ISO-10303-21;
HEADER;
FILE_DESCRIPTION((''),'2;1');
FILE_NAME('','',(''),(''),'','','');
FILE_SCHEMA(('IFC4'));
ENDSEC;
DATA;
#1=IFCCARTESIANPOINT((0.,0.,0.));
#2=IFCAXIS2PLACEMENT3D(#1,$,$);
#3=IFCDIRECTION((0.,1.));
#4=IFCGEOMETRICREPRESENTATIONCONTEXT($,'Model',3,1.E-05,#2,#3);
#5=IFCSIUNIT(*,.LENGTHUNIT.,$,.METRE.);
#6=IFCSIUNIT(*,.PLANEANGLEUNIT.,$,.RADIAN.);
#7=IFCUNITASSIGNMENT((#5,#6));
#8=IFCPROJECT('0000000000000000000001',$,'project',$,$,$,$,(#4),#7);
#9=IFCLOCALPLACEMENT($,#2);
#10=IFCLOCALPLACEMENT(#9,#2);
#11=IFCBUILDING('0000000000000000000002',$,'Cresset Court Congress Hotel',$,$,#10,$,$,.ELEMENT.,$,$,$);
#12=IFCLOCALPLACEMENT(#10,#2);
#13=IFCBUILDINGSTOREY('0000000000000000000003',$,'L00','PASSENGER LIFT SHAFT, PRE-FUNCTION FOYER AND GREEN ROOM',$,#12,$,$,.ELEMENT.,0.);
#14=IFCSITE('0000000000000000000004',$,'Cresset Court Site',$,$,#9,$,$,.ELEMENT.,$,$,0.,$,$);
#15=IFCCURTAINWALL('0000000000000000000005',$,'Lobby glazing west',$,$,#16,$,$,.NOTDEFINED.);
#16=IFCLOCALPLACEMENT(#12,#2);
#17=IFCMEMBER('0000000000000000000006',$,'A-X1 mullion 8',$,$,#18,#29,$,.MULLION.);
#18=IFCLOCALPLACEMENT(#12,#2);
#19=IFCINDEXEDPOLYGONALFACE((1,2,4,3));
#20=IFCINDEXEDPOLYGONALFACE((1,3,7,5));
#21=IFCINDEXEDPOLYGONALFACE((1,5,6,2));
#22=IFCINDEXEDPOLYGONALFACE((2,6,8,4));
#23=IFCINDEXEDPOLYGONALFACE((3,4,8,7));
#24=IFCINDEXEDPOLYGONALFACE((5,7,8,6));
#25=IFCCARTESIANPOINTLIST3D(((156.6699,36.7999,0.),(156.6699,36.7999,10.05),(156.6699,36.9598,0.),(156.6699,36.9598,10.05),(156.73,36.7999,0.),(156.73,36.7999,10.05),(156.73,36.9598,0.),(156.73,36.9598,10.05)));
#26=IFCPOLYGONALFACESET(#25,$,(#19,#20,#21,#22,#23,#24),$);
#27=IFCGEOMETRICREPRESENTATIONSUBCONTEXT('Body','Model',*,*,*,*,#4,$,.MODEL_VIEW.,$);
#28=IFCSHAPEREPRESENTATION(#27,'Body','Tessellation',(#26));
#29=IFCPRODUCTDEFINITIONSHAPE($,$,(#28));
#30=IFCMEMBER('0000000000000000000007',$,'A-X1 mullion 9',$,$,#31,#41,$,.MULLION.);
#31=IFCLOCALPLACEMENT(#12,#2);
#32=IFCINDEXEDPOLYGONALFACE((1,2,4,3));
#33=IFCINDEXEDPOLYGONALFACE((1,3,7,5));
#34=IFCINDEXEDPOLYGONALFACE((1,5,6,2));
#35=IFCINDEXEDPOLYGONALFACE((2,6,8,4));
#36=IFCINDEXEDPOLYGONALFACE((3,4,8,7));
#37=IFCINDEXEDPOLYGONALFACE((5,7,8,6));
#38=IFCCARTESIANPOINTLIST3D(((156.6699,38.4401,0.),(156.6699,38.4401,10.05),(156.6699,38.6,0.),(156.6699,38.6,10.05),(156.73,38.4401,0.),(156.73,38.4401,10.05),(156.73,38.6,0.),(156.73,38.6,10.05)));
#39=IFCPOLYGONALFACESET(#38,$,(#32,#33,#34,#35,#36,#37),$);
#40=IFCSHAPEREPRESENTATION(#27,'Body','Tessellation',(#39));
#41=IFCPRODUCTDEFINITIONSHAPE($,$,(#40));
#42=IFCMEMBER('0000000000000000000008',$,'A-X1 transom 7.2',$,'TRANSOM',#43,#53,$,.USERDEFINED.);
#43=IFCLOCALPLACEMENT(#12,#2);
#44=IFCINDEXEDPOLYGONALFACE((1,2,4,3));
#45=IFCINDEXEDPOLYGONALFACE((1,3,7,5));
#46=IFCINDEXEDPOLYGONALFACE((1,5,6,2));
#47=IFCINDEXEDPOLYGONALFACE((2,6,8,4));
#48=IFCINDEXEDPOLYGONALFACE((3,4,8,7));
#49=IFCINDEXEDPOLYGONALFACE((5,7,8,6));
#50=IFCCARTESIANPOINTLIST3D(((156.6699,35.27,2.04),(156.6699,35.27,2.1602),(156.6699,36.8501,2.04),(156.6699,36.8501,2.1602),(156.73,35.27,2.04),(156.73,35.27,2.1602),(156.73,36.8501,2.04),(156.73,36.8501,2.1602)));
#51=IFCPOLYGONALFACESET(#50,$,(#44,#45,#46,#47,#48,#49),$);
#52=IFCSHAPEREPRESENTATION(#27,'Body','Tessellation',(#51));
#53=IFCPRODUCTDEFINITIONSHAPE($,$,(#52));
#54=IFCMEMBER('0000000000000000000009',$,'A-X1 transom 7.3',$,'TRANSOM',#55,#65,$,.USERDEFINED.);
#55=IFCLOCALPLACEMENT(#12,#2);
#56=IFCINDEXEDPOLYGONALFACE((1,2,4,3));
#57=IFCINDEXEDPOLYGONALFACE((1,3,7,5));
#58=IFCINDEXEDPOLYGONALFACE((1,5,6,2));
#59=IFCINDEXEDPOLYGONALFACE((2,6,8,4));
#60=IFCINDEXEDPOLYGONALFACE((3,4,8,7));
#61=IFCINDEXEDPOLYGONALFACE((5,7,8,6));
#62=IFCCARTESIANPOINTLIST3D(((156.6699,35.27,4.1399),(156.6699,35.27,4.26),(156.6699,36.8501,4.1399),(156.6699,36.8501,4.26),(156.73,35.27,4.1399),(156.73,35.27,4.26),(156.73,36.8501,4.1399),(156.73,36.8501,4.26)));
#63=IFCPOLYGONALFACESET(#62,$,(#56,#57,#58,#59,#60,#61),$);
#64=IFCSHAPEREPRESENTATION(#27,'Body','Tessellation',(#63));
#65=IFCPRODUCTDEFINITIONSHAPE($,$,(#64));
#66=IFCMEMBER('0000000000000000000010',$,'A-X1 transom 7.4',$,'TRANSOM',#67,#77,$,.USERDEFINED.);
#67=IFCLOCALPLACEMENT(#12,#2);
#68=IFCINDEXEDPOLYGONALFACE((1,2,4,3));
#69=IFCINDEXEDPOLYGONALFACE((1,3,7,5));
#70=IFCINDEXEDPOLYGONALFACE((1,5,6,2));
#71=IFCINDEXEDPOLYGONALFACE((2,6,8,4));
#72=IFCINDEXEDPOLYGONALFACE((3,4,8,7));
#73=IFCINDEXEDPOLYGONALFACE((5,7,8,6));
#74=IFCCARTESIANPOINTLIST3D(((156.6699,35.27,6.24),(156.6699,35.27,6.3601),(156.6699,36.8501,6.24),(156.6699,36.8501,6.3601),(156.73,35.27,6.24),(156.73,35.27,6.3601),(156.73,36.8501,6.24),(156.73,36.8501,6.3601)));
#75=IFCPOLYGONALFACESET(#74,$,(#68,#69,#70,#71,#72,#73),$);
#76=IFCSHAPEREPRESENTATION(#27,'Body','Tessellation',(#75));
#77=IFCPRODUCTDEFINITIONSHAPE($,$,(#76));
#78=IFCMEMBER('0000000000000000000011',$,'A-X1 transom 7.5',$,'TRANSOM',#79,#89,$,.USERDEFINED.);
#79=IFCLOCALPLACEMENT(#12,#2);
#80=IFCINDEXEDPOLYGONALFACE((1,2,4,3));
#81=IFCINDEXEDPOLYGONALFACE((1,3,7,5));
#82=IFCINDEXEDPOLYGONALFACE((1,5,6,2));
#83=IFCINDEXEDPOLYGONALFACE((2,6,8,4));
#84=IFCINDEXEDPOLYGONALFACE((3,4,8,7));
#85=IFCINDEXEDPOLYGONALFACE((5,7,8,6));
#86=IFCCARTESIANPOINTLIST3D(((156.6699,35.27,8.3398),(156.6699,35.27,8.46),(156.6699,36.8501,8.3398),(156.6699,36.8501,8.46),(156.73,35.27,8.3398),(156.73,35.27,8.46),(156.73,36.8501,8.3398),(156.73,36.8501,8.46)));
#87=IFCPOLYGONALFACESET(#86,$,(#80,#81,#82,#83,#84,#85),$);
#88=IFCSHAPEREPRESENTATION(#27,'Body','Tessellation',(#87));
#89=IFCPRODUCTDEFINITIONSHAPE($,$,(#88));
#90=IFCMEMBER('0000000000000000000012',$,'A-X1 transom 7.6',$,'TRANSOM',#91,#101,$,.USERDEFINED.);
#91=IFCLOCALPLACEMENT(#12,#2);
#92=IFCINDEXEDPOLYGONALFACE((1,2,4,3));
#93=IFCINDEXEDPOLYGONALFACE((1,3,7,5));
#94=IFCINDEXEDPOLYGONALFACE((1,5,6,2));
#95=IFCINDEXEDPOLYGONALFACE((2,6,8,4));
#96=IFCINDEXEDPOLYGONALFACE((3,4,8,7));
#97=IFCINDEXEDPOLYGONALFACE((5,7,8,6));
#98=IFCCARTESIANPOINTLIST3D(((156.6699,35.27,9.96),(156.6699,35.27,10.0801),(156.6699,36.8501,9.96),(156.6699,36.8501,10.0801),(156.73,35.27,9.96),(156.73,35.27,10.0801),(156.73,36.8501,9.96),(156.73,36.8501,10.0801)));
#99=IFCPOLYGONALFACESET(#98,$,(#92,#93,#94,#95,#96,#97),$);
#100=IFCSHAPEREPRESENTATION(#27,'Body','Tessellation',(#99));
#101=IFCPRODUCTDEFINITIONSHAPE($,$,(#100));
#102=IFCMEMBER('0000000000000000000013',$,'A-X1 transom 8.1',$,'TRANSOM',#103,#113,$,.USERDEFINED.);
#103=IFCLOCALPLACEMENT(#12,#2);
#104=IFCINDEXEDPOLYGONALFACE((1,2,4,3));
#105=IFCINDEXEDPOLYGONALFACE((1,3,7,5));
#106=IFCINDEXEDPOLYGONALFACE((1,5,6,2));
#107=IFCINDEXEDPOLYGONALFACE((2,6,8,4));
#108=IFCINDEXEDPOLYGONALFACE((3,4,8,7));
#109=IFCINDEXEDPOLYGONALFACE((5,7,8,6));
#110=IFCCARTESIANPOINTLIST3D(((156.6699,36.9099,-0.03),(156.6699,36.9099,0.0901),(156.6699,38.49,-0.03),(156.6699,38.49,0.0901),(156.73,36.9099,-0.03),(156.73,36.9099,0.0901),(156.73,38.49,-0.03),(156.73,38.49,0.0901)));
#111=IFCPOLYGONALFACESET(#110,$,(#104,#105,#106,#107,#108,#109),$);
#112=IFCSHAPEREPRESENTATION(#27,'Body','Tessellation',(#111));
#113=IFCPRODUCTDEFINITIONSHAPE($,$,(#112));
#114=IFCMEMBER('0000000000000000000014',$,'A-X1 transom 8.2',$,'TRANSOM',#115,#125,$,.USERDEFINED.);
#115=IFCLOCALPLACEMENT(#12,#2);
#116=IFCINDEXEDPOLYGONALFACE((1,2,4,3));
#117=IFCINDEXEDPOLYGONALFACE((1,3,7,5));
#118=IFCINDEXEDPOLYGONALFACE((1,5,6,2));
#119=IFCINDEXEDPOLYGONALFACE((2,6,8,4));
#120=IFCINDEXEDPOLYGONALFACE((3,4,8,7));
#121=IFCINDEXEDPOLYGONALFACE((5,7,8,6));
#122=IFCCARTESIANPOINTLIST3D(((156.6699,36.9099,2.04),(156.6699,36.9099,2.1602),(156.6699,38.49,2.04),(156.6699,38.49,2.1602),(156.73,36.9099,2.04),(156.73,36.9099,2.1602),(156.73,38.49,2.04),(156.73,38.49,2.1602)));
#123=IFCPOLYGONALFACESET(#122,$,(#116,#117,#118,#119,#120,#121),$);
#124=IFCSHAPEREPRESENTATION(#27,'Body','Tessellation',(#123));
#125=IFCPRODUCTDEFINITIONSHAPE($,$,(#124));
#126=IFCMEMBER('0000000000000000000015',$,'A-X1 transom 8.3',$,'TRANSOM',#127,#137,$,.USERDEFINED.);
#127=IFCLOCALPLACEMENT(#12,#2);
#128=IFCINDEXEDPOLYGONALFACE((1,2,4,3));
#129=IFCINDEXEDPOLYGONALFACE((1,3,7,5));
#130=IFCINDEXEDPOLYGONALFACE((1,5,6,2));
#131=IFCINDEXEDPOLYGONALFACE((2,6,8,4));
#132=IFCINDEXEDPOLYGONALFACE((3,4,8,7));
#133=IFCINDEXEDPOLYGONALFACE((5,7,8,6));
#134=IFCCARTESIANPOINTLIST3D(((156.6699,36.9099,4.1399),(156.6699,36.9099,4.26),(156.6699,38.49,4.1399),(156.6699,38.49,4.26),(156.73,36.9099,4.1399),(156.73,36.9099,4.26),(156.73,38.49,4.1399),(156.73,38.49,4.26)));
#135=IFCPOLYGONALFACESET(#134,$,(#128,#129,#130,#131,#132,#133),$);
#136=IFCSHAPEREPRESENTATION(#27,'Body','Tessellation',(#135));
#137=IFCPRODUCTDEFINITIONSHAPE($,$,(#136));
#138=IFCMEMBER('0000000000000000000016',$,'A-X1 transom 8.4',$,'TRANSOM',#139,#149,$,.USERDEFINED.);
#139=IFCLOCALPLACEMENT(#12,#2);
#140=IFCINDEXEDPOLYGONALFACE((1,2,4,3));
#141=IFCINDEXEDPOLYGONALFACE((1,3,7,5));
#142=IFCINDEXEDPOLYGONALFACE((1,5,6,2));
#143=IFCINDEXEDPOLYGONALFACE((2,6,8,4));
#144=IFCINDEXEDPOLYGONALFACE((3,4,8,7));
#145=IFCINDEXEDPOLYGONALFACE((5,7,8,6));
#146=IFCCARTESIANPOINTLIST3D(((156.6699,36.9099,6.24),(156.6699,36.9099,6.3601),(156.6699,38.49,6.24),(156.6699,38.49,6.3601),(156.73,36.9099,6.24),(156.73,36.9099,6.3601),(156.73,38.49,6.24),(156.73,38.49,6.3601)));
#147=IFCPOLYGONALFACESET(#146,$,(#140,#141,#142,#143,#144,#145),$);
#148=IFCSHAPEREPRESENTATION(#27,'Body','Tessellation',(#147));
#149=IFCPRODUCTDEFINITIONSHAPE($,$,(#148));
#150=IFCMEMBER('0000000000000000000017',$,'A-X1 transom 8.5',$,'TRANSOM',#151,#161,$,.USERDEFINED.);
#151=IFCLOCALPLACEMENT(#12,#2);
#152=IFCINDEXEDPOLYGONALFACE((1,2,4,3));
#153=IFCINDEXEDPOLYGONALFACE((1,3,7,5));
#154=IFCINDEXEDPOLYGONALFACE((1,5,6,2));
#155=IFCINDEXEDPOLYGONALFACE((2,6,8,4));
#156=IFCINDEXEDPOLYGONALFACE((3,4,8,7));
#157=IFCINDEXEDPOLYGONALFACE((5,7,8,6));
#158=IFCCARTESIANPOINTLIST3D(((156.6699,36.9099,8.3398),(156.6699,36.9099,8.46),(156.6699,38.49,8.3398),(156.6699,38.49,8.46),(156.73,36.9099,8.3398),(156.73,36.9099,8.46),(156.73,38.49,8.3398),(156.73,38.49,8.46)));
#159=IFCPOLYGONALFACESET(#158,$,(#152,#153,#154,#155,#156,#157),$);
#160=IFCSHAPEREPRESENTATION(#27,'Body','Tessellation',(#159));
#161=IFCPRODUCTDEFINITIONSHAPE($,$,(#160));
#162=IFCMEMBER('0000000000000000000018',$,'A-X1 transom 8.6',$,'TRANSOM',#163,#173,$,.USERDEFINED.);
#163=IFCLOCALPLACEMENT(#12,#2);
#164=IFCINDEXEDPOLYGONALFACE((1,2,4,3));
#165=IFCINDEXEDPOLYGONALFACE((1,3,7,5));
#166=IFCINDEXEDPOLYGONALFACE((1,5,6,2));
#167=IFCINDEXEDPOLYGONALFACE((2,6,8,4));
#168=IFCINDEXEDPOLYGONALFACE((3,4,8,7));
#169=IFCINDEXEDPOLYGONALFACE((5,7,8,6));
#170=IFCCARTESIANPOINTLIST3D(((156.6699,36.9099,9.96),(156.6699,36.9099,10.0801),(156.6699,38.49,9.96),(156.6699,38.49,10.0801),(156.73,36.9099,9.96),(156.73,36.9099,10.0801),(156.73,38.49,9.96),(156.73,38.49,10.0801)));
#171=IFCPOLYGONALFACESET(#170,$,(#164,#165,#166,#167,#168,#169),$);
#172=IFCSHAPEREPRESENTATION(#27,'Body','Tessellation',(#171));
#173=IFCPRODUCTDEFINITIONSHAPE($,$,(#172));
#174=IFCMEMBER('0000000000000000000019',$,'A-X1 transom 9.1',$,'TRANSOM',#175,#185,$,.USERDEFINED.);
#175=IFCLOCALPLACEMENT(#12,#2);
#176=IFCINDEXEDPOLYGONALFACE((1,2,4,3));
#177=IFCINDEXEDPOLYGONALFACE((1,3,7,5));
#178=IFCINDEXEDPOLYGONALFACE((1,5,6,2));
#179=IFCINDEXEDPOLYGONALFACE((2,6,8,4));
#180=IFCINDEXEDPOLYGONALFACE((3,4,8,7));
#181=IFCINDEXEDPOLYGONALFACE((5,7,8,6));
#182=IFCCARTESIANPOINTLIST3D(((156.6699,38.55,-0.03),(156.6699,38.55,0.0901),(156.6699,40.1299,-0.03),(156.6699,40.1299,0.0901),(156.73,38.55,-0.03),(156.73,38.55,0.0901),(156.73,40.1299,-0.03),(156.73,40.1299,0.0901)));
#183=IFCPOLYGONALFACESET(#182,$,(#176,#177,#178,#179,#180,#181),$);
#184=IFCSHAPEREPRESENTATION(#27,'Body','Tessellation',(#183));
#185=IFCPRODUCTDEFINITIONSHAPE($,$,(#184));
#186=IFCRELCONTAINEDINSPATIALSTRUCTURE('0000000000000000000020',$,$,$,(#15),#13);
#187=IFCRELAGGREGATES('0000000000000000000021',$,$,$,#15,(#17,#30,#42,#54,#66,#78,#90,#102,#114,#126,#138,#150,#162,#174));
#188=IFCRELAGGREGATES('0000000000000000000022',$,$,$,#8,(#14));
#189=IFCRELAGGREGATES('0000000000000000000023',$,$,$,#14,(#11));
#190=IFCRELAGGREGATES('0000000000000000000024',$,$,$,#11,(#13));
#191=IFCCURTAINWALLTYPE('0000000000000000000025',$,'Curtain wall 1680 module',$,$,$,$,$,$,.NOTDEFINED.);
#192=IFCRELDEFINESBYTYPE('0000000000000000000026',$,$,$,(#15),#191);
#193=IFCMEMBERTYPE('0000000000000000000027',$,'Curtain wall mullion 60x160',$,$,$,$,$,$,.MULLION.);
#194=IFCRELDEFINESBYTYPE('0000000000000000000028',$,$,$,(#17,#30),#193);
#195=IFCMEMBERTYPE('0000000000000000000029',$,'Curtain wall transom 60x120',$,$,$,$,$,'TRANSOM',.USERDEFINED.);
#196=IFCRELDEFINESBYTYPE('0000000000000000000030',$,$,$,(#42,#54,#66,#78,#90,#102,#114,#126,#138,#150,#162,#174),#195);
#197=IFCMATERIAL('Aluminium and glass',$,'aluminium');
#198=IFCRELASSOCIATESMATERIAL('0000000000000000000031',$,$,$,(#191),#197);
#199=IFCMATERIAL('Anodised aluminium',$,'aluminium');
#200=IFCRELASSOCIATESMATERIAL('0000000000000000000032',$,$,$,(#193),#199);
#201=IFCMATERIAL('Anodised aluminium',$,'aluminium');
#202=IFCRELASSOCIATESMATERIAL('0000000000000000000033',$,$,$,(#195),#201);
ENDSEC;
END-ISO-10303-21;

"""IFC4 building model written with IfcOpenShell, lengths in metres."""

from ifc_helpers import new_model, si_unit, direction, frame, origin, origin_2d, place, context, subcontext, project, spatial, rectangle, extrude, material, material_profile, profile_set, type_object, element, aggregate, save


model = new_model("IFC4")

# Units and contexts
model_context = context("Model", 3, precision=1e-05, world=origin(), true_north=direction((0.0, 1.0)))
body_context = subcontext(model_context, "Body", "Model", "MODEL_VIEW")
ifc_project = project(units=[si_unit("LENGTHUNIT", "METRE"), si_unit("PLANEANGLEUNIT", "RADIAN")], contexts=[model_context])

# Site, building, storey
site_placement = place(None, origin())
site = spatial("IfcSite", under=ifc_project, at=site_placement, Name="Cresset Court Site", CompositionType="ELEMENT", RefElevation=0.0)
building_placement = place(site_placement, origin())
building = spatial("IfcBuilding", under=site, at=building_placement, Name="Cresset Court Congress Hotel", CompositionType="ELEMENT")
storey_placement = place(building_placement, origin())
storey = spatial("IfcBuildingStorey", under=building, at=storey_placement, Name="L00", Description="PASSENGER LIFT SHAFT, PRE-FUNCTION FOYER AND GREEN ROOM", CompositionType="ELEMENT", Elevation=0.0)

# Curtain wall, members
ifc_material_1 = material(Name="Aluminium and glass", Category="aluminium")
curtain_wall_type = type_object("IfcCurtainWallType", Name="Curtain wall 1680 module", PredefinedType="NOTDEFINED", material=ifc_material_1)
curtain_wall_placement = place(storey_placement, origin())
curtain_wall = element("IfcCurtainWall", 1, at=curtain_wall_placement, inside=storey, type_object=curtain_wall_type, Name="Lobby glazing west", PredefinedType="NOTDEFINED")
ifc_material_2 = material(Name="Anodised aluminium", Category="aluminium")
ifc_material_profile_1 = material_profile(ifc_material_2, rectangle(XDim=0.0601, YDim=0.1599, at=origin_2d()), Name="AL60x160")
ifc_profile_set_1 = profile_set([ifc_material_profile_1], Name="Anodised aluminium")
member_type_1 = type_object("IfcMemberType", Name="Curtain wall mullion 60x160", PredefinedType="MULLION", material=ifc_profile_set_1)
member_1_placement = place(storey_placement, frame((156.7, 36.8799, 0.0), z_axis=(0.0, 0.0, 1.0), x_axis=(-1.0, 0.0, 0.0)))
member_1 = element("IfcMember", 2, at=member_1_placement, type_object=member_type_1, Name="A-X1 mullion 8", PredefinedType="MULLION", context=body_context, shape_type="SweptSolid", body=[
    extrude(rectangle(XDim=0.0601, YDim=0.1599, at=origin_2d()), origin(), (0.0, 0.0, 1.0), 10.05),
])
member_2_placement = place(storey_placement, frame((156.7, 38.52, 0.0), z_axis=(0.0, 0.0, 1.0), x_axis=(-1.0, 0.0, 0.0)))
member_2 = element("IfcMember", 3, at=member_2_placement, type_object=member_type_1, Name="A-X1 mullion 9", PredefinedType="MULLION", context=body_context, shape_type="SweptSolid", body=[
    extrude(rectangle(XDim=0.0601, YDim=0.1599, at=origin_2d()), origin(), (0.0, 0.0, 1.0), 10.05),
])
ifc_material_3 = material(Name="Anodised aluminium", Category="aluminium")
ifc_material_profile_2 = material_profile(ifc_material_3, rectangle(XDim=0.0601, YDim=0.1201, at=origin_2d()), Name="AL60x120")
ifc_profile_set_2 = profile_set([ifc_material_profile_2], Name="Anodised aluminium")
member_type_2 = type_object("IfcMemberType", Name="Curtain wall transom 60x120", ElementType="TRANSOM", PredefinedType="USERDEFINED", material=ifc_profile_set_2)
member_3_placement = place(storey_placement, frame((156.7, 35.27, 2.1001), z_axis=(0.0, 1.0, 0.0), x_axis=(-1.0, 0.0, 0.0)))
member_3 = element("IfcMember", 4, at=member_3_placement, type_object=member_type_2, Name="A-X1 transom 7.2", ObjectType="TRANSOM", PredefinedType="USERDEFINED", context=body_context, shape_type="SweptSolid", body=[
    extrude(rectangle(XDim=0.0601, YDim=0.1201, at=origin_2d()), origin(), (0.0, 0.0, 1.0), 1.5801),
])
member_4_placement = place(storey_placement, frame((156.7, 35.27, 4.2), z_axis=(0.0, 1.0, 0.0), x_axis=(-1.0, 0.0, 0.0)))
member_4 = element("IfcMember", 5, at=member_4_placement, type_object=member_type_2, Name="A-X1 transom 7.3", ObjectType="TRANSOM", PredefinedType="USERDEFINED", context=body_context, shape_type="SweptSolid", body=[
    extrude(rectangle(XDim=0.0601, YDim=0.1201, at=origin_2d()), origin(), (0.0, 0.0, 1.0), 1.5801),
])
member_5_placement = place(storey_placement, frame((156.7, 35.27, 6.3), z_axis=(0.0, 1.0, 0.0), x_axis=(-1.0, 0.0, 0.0)))
member_5 = element("IfcMember", 6, at=member_5_placement, type_object=member_type_2, Name="A-X1 transom 7.4", ObjectType="TRANSOM", PredefinedType="USERDEFINED", context=body_context, shape_type="SweptSolid", body=[
    extrude(rectangle(XDim=0.0601, YDim=0.1201, at=origin_2d()), origin(), (0.0, 0.0, 1.0), 1.5801),
])
member_6_placement = place(storey_placement, frame((156.7, 35.27, 8.3999), z_axis=(0.0, 1.0, 0.0), x_axis=(-1.0, 0.0, 0.0)))
member_6 = element("IfcMember", 7, at=member_6_placement, type_object=member_type_2, Name="A-X1 transom 7.5", ObjectType="TRANSOM", PredefinedType="USERDEFINED", context=body_context, shape_type="SweptSolid", body=[
    extrude(rectangle(XDim=0.0601, YDim=0.1201, at=origin_2d()), origin(), (0.0, 0.0, 1.0), 1.5801),
])
member_7_placement = place(storey_placement, frame((156.7, 35.27, 10.02), z_axis=(0.0, 1.0, 0.0), x_axis=(-1.0, 0.0, 0.0)))
member_7 = element("IfcMember", 8, at=member_7_placement, type_object=member_type_2, Name="A-X1 transom 7.6", ObjectType="TRANSOM", PredefinedType="USERDEFINED", context=body_context, shape_type="SweptSolid", body=[
    extrude(rectangle(XDim=0.0601, YDim=0.1201, at=origin_2d()), origin(), (0.0, 0.0, 1.0), 1.5801),
])
member_8_placement = place(storey_placement, frame((156.7, 36.9099, 0.03), z_axis=(0.0, 1.0, 0.0), x_axis=(-1.0, 0.0, 0.0)))
member_8 = element("IfcMember", 9, at=member_8_placement, type_object=member_type_2, Name="A-X1 transom 8.1", ObjectType="TRANSOM", PredefinedType="USERDEFINED", context=body_context, shape_type="SweptSolid", body=[
    extrude(rectangle(XDim=0.0601, YDim=0.1201, at=origin_2d()), origin(), (0.0, 0.0, 1.0), 1.5801),
])
member_9_placement = place(storey_placement, frame((156.7, 36.9099, 2.1001), z_axis=(0.0, 1.0, 0.0), x_axis=(-1.0, 0.0, 0.0)))
member_9 = element("IfcMember", 10, at=member_9_placement, type_object=member_type_2, Name="A-X1 transom 8.2", ObjectType="TRANSOM", PredefinedType="USERDEFINED", context=body_context, shape_type="SweptSolid", body=[
    extrude(rectangle(XDim=0.0601, YDim=0.1201, at=origin_2d()), origin(), (0.0, 0.0, 1.0), 1.5801),
])
member_10_placement = place(storey_placement, frame((156.7, 36.9099, 4.2), z_axis=(0.0, 1.0, 0.0), x_axis=(-1.0, 0.0, 0.0)))
member_10 = element("IfcMember", 11, at=member_10_placement, type_object=member_type_2, Name="A-X1 transom 8.3", ObjectType="TRANSOM", PredefinedType="USERDEFINED", context=body_context, shape_type="SweptSolid", body=[
    extrude(rectangle(XDim=0.0601, YDim=0.1201, at=origin_2d()), origin(), (0.0, 0.0, 1.0), 1.5801),
])
member_11_placement = place(storey_placement, frame((156.7, 36.9099, 6.3), z_axis=(0.0, 1.0, 0.0), x_axis=(-1.0, 0.0, 0.0)))
member_11 = element("IfcMember", 12, at=member_11_placement, type_object=member_type_2, Name="A-X1 transom 8.4", ObjectType="TRANSOM", PredefinedType="USERDEFINED", context=body_context, shape_type="SweptSolid", body=[
    extrude(rectangle(XDim=0.0601, YDim=0.1201, at=origin_2d()), origin(), (0.0, 0.0, 1.0), 1.5801),
])
member_12_placement = place(storey_placement, frame((156.7, 36.9099, 8.3999), z_axis=(0.0, 1.0, 0.0), x_axis=(-1.0, 0.0, 0.0)))
member_12 = element("IfcMember", 13, at=member_12_placement, type_object=member_type_2, Name="A-X1 transom 8.5", ObjectType="TRANSOM", PredefinedType="USERDEFINED", context=body_context, shape_type="SweptSolid", body=[
    extrude(rectangle(XDim=0.0601, YDim=0.1201, at=origin_2d()), origin(), (0.0, 0.0, 1.0), 1.5801),
])
member_13_placement = place(storey_placement, frame((156.7, 36.9099, 10.02), z_axis=(0.0, 1.0, 0.0), x_axis=(-1.0, 0.0, 0.0)))
member_13 = element("IfcMember", 14, at=member_13_placement, type_object=member_type_2, Name="A-X1 transom 8.6", ObjectType="TRANSOM", PredefinedType="USERDEFINED", context=body_context, shape_type="SweptSolid", body=[
    extrude(rectangle(XDim=0.0601, YDim=0.1201, at=origin_2d()), origin(), (0.0, 0.0, 1.0), 1.5801),
])
member_14_placement = place(storey_placement, frame((156.7, 38.55, 0.03), z_axis=(0.0, 1.0, 0.0), x_axis=(-1.0, 0.0, 0.0)))
member_14 = element("IfcMember", 15, at=member_14_placement, type_object=member_type_2, Name="A-X1 transom 9.1", ObjectType="TRANSOM", PredefinedType="USERDEFINED", context=body_context, shape_type="SweptSolid", body=[
    extrude(rectangle(XDim=0.0601, YDim=0.1201, at=origin_2d()), origin(), (0.0, 0.0, 1.0), 1.5798),
])
aggregate(curtain_wall, [member_1, member_2, member_3, member_4, member_5, member_6, member_7, member_8, member_9, member_10, member_11, member_12, member_13, member_14])

save(model, "model.ifc")
